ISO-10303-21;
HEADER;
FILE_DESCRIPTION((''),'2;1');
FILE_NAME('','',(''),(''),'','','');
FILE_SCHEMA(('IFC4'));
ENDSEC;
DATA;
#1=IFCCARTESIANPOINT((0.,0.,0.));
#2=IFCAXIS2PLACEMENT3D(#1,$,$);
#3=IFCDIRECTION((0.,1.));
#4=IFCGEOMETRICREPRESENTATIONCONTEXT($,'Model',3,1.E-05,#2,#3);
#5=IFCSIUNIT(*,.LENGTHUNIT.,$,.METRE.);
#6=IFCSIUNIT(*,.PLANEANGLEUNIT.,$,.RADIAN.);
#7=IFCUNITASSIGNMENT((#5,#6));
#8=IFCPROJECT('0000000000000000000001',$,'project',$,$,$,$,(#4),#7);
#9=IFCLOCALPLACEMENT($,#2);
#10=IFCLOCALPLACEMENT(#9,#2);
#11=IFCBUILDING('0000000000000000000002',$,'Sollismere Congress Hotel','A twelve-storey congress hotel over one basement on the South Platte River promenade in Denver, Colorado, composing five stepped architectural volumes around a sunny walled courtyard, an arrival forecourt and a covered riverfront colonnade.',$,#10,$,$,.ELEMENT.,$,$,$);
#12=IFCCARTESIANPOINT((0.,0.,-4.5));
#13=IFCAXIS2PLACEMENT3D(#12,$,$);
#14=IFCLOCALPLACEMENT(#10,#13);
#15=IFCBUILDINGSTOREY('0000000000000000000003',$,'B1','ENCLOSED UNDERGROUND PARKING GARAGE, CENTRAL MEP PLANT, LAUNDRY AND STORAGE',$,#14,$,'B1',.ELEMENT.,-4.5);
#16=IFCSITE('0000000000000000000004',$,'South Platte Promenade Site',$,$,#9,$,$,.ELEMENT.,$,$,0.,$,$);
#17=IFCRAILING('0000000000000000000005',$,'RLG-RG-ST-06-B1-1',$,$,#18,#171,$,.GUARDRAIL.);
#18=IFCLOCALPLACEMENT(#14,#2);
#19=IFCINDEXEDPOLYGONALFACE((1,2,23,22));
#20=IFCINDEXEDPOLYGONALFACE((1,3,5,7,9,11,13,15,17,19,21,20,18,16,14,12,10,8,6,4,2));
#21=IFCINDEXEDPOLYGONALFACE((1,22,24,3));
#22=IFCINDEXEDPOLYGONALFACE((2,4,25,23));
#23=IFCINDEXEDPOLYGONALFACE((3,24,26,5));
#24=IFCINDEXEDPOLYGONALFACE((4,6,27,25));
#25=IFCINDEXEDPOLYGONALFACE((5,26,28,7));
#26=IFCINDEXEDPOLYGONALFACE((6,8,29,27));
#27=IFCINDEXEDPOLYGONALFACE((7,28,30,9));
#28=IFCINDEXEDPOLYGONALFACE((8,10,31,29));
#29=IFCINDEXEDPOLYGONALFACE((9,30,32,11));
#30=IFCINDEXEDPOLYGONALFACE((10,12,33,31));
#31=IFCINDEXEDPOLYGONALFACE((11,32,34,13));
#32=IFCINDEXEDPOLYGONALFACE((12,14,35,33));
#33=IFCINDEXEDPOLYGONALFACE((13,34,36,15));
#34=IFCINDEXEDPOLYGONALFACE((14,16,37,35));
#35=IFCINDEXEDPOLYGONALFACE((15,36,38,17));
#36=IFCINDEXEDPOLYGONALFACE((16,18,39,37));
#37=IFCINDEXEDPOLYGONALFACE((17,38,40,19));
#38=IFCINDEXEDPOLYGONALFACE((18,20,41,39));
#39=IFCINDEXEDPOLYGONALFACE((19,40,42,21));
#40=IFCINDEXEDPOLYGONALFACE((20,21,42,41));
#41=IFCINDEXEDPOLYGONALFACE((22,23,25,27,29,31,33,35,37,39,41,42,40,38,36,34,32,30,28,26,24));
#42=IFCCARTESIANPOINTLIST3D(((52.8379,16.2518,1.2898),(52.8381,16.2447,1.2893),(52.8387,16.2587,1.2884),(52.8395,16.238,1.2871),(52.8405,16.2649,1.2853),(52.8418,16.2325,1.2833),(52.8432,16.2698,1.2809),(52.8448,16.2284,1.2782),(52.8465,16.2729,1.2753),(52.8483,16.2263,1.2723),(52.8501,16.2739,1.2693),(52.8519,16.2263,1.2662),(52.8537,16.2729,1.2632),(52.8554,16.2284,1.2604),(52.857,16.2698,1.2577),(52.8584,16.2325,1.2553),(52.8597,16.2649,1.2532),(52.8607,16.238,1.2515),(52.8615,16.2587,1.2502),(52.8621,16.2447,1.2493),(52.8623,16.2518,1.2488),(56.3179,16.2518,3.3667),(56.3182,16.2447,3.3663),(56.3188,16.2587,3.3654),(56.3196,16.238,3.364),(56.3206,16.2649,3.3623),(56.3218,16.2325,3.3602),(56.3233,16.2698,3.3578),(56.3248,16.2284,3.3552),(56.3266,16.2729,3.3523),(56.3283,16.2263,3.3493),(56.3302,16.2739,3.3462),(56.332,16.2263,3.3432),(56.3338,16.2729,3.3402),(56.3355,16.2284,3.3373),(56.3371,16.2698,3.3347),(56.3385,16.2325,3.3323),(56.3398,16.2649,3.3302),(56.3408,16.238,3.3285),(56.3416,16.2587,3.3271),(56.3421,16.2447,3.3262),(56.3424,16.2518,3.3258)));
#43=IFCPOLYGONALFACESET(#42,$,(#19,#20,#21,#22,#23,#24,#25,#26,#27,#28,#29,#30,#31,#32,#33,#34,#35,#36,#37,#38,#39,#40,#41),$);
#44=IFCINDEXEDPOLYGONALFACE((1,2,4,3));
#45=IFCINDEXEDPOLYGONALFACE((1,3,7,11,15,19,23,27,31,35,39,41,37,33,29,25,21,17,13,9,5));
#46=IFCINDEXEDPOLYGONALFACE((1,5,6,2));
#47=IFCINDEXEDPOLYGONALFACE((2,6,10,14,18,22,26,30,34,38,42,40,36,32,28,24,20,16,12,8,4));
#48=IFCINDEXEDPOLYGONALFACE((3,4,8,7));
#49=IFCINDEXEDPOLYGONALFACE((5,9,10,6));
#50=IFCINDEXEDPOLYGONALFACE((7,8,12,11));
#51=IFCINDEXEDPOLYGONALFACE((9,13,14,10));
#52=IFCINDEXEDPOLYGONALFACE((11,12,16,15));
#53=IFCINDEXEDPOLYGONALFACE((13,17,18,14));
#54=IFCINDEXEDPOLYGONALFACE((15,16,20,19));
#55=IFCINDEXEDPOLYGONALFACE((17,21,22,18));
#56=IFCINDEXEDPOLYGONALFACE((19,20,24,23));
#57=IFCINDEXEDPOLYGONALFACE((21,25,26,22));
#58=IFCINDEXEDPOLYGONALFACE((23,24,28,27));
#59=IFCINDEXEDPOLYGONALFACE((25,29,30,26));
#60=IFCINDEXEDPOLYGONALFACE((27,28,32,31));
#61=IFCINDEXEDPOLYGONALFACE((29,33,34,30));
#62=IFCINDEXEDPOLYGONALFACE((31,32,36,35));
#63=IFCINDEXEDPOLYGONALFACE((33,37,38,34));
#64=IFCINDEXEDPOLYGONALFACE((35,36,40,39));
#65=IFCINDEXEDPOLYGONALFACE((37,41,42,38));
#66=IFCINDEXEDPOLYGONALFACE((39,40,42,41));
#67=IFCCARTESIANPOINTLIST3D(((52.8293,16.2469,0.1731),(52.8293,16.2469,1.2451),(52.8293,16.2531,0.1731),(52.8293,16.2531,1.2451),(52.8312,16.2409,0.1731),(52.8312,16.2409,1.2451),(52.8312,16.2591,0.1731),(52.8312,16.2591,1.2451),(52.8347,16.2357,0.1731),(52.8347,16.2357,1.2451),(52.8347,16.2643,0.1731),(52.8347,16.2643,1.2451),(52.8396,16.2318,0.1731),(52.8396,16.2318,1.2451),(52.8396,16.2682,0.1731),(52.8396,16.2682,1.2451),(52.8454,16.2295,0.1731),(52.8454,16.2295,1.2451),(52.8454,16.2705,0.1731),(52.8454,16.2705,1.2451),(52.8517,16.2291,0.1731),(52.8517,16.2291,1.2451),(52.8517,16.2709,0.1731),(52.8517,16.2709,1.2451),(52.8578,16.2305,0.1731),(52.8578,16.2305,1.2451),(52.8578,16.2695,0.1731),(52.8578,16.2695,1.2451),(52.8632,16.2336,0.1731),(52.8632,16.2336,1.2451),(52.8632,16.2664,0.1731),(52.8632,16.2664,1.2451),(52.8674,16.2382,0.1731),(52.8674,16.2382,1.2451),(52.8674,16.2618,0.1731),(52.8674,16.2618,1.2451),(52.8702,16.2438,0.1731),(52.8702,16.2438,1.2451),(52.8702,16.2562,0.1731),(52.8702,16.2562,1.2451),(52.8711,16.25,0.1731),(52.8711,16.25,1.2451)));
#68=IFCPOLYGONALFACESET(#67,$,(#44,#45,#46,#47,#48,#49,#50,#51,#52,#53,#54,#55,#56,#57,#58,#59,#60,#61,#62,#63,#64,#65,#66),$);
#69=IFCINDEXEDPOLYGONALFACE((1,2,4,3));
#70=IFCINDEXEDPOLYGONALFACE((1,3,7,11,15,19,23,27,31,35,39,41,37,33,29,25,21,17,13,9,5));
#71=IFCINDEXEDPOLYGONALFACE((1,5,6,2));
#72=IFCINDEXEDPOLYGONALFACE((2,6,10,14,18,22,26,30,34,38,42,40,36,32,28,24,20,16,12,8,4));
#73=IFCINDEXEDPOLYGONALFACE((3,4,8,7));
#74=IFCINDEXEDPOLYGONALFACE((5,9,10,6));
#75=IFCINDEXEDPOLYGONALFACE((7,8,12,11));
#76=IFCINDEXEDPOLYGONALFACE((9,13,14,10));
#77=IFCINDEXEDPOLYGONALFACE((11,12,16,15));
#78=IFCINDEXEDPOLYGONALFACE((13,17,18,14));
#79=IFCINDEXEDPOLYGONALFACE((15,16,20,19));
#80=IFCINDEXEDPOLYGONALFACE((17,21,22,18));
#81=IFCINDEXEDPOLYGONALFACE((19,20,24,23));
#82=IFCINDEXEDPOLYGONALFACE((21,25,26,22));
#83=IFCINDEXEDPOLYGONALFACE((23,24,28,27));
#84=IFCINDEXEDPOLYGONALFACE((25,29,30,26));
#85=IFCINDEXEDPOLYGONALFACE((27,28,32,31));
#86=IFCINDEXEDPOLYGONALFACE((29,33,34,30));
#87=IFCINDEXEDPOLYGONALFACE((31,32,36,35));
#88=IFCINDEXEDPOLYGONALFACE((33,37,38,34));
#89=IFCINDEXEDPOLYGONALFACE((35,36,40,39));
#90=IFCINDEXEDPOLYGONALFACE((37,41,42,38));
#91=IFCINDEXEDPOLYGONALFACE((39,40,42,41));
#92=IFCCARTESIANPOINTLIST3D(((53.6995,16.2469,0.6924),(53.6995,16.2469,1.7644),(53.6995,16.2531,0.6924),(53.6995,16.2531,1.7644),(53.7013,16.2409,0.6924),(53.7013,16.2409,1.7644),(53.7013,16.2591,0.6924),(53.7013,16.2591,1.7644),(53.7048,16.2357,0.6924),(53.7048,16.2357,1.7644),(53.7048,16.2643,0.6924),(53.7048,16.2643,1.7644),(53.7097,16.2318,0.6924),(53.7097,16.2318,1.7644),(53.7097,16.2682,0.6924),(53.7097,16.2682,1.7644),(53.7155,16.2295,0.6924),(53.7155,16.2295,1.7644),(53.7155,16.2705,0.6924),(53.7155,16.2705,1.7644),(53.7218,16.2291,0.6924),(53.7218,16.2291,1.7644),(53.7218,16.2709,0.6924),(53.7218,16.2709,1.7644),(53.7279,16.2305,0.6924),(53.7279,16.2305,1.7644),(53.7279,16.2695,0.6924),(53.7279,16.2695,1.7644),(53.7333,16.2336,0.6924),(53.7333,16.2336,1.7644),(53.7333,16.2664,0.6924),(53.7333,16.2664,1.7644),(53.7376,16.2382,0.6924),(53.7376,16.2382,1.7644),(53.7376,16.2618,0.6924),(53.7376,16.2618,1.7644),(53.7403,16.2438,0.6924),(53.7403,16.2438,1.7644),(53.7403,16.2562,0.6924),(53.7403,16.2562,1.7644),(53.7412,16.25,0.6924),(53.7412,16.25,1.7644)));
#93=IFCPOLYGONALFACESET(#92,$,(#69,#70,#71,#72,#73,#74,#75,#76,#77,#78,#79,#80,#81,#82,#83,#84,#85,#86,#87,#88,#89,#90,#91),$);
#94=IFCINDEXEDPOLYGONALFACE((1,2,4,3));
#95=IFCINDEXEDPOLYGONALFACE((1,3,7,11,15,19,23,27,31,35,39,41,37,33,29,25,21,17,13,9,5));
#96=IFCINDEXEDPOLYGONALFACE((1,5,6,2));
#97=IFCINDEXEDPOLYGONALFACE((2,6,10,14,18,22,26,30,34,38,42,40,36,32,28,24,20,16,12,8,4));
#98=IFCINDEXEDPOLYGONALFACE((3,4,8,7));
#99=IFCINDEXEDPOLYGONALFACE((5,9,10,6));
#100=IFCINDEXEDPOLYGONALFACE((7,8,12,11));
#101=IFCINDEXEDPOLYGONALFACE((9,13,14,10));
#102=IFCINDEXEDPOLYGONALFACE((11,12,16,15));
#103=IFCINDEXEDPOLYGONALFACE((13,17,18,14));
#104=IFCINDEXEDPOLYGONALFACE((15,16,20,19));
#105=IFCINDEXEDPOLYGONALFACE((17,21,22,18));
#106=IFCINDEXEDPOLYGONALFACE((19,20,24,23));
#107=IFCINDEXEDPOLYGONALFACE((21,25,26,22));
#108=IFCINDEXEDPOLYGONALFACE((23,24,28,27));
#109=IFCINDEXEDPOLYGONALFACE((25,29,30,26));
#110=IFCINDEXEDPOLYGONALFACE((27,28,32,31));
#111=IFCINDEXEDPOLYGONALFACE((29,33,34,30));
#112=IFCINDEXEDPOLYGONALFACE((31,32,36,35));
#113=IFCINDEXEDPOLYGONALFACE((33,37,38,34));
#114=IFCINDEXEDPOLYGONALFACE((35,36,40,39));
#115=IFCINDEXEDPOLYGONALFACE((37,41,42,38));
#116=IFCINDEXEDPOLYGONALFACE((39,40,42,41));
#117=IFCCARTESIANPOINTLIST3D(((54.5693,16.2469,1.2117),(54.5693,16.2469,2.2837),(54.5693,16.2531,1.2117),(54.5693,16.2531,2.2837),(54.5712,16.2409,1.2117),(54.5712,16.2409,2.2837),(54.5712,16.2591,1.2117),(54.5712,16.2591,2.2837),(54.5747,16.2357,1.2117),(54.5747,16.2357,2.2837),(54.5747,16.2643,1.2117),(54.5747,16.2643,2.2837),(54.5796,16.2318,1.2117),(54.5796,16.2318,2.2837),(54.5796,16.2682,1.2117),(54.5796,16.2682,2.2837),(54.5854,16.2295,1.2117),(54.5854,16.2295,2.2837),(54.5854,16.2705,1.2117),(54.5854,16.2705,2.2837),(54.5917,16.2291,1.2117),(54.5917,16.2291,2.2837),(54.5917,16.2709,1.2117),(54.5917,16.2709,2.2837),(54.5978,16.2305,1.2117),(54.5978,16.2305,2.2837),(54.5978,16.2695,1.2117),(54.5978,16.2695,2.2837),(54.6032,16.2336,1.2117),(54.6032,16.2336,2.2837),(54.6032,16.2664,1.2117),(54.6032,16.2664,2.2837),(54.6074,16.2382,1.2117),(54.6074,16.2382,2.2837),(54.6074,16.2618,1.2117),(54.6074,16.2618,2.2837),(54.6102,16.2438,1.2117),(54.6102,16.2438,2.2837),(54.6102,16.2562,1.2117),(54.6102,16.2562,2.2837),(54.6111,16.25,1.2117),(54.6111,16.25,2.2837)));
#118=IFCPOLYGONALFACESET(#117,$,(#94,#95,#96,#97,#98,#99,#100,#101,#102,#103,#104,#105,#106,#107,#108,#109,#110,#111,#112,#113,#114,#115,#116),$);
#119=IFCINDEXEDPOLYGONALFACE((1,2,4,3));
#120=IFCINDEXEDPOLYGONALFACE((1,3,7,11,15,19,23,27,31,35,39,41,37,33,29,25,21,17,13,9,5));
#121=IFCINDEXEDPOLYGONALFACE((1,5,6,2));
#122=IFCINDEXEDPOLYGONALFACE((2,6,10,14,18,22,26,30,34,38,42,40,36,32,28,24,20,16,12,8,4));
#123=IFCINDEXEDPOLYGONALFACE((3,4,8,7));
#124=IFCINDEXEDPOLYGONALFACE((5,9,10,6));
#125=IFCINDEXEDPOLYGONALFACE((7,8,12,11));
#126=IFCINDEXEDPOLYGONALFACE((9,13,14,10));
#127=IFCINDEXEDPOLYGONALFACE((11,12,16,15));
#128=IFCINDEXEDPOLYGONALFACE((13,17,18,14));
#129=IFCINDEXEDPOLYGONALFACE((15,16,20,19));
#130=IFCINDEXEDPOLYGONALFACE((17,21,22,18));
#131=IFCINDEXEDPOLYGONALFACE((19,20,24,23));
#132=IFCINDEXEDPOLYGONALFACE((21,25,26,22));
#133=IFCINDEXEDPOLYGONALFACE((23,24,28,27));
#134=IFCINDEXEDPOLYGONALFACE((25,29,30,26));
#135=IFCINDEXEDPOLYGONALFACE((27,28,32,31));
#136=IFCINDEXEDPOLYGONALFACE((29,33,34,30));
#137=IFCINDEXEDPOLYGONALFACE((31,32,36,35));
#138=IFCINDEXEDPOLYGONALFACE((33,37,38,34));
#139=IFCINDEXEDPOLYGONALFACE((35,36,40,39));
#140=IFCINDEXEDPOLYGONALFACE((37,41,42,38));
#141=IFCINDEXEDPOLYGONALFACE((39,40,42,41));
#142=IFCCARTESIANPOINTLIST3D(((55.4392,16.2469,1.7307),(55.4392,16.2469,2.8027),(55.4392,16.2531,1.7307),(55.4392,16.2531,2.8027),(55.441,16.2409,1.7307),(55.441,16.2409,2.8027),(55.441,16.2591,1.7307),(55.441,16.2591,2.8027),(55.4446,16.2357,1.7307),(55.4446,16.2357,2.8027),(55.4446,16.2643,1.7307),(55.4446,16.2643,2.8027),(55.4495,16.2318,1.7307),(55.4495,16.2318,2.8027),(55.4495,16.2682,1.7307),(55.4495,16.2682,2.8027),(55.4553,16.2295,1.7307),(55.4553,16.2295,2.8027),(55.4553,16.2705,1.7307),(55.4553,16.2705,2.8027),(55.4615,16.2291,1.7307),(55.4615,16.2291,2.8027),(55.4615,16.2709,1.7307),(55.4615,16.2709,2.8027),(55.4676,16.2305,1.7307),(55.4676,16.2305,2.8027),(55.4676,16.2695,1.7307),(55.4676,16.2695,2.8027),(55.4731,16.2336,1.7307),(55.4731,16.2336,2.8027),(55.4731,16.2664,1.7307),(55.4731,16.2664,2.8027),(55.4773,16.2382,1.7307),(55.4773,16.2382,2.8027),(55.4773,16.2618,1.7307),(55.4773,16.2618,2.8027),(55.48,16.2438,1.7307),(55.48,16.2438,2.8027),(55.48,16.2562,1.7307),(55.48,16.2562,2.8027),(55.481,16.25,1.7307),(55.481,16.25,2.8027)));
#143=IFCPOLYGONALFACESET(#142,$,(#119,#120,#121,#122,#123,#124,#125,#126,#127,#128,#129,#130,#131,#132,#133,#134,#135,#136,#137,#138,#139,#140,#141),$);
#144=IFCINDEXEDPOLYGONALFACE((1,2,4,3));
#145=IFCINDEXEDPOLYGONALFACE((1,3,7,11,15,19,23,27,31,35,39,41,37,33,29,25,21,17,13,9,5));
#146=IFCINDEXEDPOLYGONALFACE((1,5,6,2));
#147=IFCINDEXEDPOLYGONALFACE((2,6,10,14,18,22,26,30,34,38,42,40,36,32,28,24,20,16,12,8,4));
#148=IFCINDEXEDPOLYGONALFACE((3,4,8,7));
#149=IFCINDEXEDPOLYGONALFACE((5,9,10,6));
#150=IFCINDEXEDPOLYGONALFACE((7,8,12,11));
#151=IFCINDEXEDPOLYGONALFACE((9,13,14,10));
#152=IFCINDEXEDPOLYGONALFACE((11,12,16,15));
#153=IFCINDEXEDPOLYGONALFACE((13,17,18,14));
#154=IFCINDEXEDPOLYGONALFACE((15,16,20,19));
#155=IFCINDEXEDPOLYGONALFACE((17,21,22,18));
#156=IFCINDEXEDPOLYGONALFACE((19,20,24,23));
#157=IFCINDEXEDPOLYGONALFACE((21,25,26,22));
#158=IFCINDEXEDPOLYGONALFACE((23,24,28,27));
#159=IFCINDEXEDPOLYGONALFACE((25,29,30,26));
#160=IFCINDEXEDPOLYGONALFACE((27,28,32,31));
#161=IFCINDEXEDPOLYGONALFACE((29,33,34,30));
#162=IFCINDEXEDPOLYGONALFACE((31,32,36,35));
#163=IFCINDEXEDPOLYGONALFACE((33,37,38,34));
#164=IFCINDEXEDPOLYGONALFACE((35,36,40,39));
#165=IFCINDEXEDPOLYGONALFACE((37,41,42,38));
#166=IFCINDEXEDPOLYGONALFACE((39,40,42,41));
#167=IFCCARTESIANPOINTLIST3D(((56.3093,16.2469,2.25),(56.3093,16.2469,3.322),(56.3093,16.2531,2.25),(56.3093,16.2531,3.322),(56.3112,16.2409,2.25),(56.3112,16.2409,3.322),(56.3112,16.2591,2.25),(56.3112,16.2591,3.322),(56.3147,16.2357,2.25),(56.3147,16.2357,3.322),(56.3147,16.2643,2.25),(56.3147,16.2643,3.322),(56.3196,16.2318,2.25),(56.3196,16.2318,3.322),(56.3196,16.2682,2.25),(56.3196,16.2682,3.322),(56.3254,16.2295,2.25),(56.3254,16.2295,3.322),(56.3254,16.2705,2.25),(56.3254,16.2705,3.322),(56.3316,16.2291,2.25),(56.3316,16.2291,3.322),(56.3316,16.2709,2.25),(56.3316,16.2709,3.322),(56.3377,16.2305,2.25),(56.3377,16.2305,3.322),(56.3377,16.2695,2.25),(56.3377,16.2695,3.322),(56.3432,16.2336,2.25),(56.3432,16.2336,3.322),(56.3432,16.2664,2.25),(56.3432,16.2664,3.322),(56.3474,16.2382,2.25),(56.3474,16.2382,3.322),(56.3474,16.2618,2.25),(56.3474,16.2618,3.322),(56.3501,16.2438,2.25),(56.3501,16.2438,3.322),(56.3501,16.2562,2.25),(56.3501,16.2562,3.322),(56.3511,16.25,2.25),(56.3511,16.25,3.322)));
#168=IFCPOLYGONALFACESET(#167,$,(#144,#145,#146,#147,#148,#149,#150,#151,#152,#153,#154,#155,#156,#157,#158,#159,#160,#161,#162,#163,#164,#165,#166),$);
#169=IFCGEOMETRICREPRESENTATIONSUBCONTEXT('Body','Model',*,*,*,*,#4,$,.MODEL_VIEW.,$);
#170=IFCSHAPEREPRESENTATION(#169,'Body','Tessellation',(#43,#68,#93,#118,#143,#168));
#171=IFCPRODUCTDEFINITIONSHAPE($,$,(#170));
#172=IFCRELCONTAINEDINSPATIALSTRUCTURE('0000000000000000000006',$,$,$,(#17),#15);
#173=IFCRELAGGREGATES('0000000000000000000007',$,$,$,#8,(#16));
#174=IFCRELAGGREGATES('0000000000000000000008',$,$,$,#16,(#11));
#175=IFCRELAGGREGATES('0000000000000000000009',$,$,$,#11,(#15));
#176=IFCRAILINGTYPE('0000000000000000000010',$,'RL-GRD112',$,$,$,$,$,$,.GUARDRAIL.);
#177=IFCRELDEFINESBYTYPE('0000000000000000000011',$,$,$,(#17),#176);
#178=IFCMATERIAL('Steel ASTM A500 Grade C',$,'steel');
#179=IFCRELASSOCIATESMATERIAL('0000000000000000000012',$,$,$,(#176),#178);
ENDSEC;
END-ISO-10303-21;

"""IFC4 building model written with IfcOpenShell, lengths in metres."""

from ifc_helpers import new_model, si_unit, direction, frame, origin, origin_2d, place, context, subcontext, project, spatial, circle, extrude, material, type_object, element, save


model = new_model("IFC4")

# Units and contexts
model_context = context("Model", 3, precision=1e-05, world=origin(), true_north=direction((0.0, 1.0)))
body_context = subcontext(model_context, "Body", "Model", "MODEL_VIEW")
ifc_project = project(units=[si_unit("LENGTHUNIT", "METRE"), si_unit("PLANEANGLEUNIT", "RADIAN")], contexts=[model_context])

# Site, building, storey
site_placement = place(None, origin())
site = spatial("IfcSite", under=ifc_project, at=site_placement, Name="South Platte Promenade Site", CompositionType="ELEMENT", RefElevation=0.0)
building_placement = place(site_placement, origin())
building = spatial("IfcBuilding", under=site, at=building_placement, Name="Sollismere Congress Hotel", Description="A twelve-storey congress hotel over one basement on the South Platte River promenade in Denver, Colorado, composing five stepped architectural volumes around a sunny walled courtyard, an arrival forecourt and a covered riverfront colonnade.", CompositionType="ELEMENT")
storey_placement = place(building_placement, frame((0.0, 0.0, -4.5)))
storey = spatial("IfcBuildingStorey", under=building, at=storey_placement, Name="B1", Description="ENCLOSED UNDERGROUND PARKING GARAGE, CENTRAL MEP PLANT, LAUNDRY AND STORAGE", LongName="B1", CompositionType="ELEMENT", Elevation=-4.5)

# Railing
ifc_material_1 = material(Name="Steel ASTM A500 Grade C", Category="steel")
railing_type_1 = type_object("IfcRailingType", Name="RL-GRD112", PredefinedType="GUARDRAIL", material=ifc_material_1)
railing_1_placement = place(storey_placement, frame((52.8501, 16.25, 0.1731)))
element("IfcRailing", 1, at=railing_1_placement, inside=storey, type_object=railing_type_1, Name="RLG-RG-ST-06-B1-1", PredefinedType="GUARDRAIL", context=body_context, shape_type="SweptSolid", body=[
    extrude(circle(Radius=0.0239, at=origin_2d()), frame((0.0, 0.0, 1.0962), z_axis=(0.858697, 0.0, 0.512483), x_axis=(0.0, 1.0, 0.0)), (0.0, 0.0, 1.0), 4.0527),
    extrude(circle(Radius=0.021, at=origin_2d()), origin(), (0.0, 0.0, 1.0), 1.072),
    extrude(circle(Radius=0.021, at=origin_2d()), frame((0.8701, 0.0, 0.5193)), (0.0, 0.0, 1.0), 1.072),
    extrude(circle(Radius=0.021, at=origin_2d()), frame((1.74, 0.0, 1.0386)), (0.0, 0.0, 1.0), 1.072),
    extrude(circle(Radius=0.021, at=origin_2d()), frame((2.6099, 0.0, 1.5576)), (0.0, 0.0, 1.0), 1.072),
    extrude(circle(Radius=0.021, at=origin_2d()), frame((3.48, 0.0, 2.0769)), (0.0, 0.0, 1.0), 1.072),
])

save(model, "model.ifc")
